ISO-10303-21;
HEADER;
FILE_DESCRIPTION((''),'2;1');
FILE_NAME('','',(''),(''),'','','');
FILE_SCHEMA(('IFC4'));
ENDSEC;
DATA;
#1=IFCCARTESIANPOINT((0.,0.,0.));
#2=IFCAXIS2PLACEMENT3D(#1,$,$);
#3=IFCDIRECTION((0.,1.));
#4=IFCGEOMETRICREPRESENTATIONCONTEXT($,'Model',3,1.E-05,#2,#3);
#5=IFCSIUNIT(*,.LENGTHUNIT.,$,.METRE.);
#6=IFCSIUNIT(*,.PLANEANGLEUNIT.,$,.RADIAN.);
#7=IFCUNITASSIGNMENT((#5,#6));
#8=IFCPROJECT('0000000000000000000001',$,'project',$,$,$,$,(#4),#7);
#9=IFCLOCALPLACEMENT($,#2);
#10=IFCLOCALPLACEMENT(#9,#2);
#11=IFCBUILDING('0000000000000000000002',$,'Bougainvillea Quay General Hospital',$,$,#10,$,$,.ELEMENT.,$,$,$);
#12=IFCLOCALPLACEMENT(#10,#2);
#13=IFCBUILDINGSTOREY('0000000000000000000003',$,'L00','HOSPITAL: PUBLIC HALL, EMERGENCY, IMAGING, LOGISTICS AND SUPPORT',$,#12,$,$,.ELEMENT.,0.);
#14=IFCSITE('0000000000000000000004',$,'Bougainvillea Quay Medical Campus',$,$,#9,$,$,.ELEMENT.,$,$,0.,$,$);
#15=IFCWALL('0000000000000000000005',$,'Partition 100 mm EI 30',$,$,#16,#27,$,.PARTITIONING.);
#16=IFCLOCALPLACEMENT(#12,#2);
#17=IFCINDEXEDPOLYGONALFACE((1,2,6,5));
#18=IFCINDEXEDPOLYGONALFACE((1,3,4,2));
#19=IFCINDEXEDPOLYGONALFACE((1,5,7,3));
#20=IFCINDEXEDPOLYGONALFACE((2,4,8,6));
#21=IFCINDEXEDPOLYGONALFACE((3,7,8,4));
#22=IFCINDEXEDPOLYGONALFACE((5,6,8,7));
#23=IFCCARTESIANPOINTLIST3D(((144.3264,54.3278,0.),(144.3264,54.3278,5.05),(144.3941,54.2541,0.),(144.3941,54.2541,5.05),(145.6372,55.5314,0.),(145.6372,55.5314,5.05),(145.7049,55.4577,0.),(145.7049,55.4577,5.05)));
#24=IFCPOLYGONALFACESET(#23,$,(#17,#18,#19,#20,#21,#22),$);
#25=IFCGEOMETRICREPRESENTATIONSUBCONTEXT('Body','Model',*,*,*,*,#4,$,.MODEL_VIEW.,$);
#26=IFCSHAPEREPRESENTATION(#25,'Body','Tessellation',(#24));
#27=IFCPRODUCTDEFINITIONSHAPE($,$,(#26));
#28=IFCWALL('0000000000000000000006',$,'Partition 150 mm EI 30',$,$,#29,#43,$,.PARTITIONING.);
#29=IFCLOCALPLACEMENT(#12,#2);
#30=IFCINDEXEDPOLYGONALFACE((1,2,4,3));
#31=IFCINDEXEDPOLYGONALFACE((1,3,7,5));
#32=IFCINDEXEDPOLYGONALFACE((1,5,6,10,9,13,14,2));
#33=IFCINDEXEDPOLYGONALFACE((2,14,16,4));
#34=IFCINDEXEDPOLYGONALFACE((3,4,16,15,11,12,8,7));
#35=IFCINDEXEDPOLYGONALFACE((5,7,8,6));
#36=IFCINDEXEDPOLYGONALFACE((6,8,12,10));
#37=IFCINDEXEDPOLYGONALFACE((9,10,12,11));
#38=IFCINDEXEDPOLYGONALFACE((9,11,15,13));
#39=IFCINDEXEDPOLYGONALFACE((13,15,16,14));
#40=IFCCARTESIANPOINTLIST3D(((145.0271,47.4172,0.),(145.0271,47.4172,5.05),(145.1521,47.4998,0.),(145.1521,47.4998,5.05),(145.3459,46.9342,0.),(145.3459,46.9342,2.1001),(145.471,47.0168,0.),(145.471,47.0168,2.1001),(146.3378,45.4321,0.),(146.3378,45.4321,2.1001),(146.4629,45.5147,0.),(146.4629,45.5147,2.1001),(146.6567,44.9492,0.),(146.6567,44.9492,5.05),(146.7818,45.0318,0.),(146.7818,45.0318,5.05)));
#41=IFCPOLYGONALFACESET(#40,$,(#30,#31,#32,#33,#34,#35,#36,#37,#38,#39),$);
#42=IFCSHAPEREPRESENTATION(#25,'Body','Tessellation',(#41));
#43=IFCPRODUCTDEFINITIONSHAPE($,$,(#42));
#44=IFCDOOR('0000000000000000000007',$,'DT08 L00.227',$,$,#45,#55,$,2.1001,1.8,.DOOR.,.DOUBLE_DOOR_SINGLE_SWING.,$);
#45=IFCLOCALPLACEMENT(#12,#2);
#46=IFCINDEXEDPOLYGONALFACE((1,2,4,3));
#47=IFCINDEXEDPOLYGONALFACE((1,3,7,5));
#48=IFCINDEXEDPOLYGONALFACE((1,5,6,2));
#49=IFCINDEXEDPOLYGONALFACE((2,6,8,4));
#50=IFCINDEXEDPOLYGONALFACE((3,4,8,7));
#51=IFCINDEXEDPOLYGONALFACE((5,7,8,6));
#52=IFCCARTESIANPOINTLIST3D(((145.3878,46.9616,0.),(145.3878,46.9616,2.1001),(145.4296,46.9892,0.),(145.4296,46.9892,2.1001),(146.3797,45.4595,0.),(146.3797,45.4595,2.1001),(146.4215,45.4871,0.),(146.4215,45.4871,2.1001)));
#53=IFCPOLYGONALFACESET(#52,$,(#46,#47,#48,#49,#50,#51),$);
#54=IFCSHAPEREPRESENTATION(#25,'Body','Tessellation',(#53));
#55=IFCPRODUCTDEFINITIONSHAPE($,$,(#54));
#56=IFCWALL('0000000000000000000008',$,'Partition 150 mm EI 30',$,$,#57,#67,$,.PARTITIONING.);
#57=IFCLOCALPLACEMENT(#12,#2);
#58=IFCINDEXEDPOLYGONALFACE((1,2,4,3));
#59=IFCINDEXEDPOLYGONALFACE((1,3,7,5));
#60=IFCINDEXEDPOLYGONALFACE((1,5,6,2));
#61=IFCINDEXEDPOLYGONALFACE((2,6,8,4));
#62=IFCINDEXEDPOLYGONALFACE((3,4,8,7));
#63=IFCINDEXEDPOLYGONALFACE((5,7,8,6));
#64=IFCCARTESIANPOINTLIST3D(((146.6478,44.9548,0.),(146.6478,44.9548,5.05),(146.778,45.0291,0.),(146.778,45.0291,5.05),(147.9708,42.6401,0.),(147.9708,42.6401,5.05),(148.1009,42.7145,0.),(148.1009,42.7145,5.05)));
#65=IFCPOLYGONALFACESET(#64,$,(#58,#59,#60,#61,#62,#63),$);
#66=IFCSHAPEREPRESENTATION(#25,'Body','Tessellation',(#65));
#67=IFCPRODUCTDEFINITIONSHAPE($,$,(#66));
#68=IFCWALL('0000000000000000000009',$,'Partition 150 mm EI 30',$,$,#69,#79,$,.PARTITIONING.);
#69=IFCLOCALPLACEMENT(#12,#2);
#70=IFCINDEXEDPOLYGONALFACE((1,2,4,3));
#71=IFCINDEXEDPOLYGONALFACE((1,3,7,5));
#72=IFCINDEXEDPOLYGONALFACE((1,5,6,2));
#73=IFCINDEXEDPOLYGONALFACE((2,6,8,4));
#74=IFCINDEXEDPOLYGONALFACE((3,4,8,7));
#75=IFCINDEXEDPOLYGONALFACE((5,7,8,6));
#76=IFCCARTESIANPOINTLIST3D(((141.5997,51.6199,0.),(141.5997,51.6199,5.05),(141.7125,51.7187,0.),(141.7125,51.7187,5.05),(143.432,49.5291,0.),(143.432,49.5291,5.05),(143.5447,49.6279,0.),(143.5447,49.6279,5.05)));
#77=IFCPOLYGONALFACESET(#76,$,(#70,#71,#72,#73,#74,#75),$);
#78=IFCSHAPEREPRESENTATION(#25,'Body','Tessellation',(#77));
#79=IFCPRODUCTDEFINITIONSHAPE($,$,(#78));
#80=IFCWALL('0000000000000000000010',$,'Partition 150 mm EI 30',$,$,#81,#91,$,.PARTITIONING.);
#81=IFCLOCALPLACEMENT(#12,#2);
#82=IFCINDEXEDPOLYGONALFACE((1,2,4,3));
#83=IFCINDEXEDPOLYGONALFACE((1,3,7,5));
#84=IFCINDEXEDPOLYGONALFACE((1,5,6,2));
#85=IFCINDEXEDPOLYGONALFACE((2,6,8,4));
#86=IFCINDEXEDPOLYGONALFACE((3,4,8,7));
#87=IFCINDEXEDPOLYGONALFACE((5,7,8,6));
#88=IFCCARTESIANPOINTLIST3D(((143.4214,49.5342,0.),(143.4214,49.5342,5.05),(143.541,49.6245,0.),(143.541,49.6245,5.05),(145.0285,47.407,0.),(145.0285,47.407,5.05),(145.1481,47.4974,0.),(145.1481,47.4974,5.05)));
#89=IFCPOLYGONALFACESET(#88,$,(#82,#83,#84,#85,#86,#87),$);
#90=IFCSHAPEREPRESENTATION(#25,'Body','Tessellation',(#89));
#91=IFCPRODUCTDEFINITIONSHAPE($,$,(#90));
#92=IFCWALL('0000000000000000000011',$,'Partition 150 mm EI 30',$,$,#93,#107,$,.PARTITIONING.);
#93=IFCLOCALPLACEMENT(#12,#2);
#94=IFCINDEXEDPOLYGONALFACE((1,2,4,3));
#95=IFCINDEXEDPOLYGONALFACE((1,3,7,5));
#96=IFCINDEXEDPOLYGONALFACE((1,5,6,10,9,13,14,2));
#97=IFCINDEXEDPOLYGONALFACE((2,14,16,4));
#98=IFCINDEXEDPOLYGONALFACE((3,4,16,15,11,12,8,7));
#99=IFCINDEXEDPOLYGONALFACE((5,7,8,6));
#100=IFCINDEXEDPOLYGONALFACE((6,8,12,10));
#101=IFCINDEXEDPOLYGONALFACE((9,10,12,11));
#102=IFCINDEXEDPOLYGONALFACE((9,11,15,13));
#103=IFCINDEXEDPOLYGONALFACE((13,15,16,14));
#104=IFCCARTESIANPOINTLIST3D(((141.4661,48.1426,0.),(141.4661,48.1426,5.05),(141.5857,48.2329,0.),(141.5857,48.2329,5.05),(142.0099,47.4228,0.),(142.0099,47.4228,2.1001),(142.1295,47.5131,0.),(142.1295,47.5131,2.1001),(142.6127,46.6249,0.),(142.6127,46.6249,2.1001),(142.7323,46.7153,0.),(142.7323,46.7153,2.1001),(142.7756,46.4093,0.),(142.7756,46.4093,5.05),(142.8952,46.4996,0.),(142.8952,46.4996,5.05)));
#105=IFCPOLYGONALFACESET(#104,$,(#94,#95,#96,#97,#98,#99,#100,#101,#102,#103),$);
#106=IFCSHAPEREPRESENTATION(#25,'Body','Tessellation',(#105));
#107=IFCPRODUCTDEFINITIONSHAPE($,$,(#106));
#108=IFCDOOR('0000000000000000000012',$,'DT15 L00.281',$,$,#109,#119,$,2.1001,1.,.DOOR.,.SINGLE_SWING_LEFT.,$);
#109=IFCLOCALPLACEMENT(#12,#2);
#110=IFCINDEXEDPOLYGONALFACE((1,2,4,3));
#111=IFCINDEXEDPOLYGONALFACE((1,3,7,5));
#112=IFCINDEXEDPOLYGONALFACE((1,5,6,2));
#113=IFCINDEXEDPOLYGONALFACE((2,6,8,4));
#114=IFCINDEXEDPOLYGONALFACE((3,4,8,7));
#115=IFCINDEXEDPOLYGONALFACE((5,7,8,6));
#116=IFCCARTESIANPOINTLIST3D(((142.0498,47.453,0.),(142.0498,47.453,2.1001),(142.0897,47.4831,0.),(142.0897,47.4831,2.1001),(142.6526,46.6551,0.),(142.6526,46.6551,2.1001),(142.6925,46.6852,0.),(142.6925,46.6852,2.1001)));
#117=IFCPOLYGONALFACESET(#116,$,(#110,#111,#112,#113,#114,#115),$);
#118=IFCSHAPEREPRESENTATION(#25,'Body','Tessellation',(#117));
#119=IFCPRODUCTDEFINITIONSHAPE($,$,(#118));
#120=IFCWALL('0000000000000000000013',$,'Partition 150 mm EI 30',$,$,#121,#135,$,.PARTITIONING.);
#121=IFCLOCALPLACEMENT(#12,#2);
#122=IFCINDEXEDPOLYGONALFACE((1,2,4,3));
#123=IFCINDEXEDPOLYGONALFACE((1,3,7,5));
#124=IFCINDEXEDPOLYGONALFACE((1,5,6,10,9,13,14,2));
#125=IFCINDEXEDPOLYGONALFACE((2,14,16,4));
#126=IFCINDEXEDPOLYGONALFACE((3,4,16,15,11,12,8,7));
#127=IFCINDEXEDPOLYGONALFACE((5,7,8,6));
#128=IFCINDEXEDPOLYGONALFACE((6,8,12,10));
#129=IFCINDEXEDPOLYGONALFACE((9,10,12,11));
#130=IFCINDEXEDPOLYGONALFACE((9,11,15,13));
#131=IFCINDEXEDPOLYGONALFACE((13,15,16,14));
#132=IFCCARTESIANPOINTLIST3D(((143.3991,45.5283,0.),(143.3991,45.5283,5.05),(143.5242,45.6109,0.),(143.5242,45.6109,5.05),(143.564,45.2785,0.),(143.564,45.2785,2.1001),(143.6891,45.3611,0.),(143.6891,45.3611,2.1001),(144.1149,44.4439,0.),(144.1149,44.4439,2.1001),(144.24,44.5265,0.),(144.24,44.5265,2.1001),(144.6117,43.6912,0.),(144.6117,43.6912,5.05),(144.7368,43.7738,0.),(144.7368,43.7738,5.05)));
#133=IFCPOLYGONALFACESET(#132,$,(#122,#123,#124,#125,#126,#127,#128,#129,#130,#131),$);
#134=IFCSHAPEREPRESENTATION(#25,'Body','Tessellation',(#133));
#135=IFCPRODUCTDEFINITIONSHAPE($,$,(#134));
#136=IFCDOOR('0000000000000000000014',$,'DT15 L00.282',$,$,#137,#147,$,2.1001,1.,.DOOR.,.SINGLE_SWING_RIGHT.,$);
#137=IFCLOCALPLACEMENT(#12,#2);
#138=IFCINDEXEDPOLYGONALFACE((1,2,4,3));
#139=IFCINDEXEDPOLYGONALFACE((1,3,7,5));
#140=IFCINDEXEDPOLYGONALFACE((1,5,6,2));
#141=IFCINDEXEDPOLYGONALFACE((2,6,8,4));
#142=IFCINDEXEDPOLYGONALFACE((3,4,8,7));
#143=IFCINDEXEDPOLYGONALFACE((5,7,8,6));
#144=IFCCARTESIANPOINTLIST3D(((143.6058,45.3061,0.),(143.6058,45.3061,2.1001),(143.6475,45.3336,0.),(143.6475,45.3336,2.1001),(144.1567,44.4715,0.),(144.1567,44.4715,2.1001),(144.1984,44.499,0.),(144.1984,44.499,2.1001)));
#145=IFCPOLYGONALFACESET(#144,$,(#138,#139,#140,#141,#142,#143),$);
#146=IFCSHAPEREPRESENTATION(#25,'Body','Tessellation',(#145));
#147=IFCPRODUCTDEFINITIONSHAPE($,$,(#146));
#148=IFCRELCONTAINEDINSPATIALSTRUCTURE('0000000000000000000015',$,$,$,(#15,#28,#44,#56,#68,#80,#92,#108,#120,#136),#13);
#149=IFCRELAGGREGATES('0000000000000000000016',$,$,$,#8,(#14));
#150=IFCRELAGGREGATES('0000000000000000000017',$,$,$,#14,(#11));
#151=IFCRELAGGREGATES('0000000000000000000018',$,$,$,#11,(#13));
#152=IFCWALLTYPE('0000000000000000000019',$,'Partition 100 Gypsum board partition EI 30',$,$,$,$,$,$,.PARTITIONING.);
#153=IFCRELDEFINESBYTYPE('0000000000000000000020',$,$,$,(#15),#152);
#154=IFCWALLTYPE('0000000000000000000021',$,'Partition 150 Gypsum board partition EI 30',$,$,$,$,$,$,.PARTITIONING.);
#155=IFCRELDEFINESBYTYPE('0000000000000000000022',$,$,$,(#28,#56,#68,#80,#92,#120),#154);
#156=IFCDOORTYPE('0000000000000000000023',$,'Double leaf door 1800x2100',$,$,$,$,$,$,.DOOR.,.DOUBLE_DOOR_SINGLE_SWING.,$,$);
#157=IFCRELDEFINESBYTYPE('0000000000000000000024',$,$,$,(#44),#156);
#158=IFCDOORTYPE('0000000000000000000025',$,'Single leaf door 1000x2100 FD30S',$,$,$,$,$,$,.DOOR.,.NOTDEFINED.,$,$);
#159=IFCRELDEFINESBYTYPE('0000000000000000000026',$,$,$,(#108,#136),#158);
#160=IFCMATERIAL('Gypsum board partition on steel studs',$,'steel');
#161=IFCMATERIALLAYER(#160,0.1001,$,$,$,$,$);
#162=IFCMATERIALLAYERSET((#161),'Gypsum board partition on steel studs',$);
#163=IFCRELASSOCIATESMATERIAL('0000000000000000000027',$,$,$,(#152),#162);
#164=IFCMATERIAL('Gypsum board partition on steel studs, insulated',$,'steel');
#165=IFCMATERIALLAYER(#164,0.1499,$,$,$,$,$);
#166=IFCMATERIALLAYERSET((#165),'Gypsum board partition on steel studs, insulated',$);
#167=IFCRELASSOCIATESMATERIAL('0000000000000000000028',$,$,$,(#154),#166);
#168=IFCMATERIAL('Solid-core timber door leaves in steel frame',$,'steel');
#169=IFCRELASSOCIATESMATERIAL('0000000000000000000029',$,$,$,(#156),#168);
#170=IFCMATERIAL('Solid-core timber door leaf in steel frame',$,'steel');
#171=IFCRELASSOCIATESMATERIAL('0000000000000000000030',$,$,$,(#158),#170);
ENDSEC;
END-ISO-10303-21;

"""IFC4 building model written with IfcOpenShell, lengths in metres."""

from ifc_helpers import new_model, si_unit, direction, frame, frame_2d, origin, place, context, subcontext, project, spatial, rectangle, extrude, material, layer, layer_set, type_object, element, fill, save


model = new_model("IFC4")

# Units and contexts
model_context = context("Model", 3, precision=1e-05, world=origin(), true_north=direction((0.0, 1.0)))
body_context = subcontext(model_context, "Body", "Model", "MODEL_VIEW")
ifc_project = project(units=[si_unit("LENGTHUNIT", "METRE"), si_unit("PLANEANGLEUNIT", "RADIAN")], contexts=[model_context])

# Site, building, storey
site_placement = place(None, origin())
site = spatial("IfcSite", under=ifc_project, at=site_placement, Name="Bougainvillea Quay Medical Campus", CompositionType="ELEMENT", RefElevation=0.0)
building_placement = place(site_placement, origin())
building = spatial("IfcBuilding", under=site, at=building_placement, Name="Bougainvillea Quay General Hospital", CompositionType="ELEMENT")
storey_placement = place(building_placement, origin())
storey = spatial("IfcBuildingStorey", under=building, at=storey_placement, Name="L00", Description="HOSPITAL: PUBLIC HALL, EMERGENCY, IMAGING, LOGISTICS AND SUPPORT", CompositionType="ELEMENT", Elevation=0.0)

# Wall
ifc_material_1 = material(Name="Gypsum board partition on steel studs", Category="steel")
ifc_layer_1 = layer(ifc_material_1, 0.1001)
ifc_layer_set_1 = layer_set([ifc_layer_1], Name="Gypsum board partition on steel studs")
wall_type_1 = type_object("IfcWallType", Name="Partition 100 Gypsum board partition EI 30", PredefinedType="PARTITIONING", material=ifc_layer_set_1)
wall_1_placement = place(storey_placement, frame((144.3604, 54.291, 0.0), z_axis=(0.0, 0.0, 1.0), x_axis=(0.736579, 0.676352, 0.0)))
element("IfcWall", 1, at=wall_1_placement, inside=storey, type_object=wall_type_1, Name="Partition 100 mm EI 30", PredefinedType="PARTITIONING", context=body_context, shape_type="SweptSolid", body=[
    extrude(rectangle(XDim=1.7795, YDim=0.1001, at=frame_2d((0.8896, 0.0))), origin(), (0.0, 0.0, 1.0), 5.05),
])

# Wall, opening, door
ifc_material_2 = material(Name="Gypsum board partition on steel studs, insulated", Category="steel")
ifc_layer_2 = layer(ifc_material_2, 0.1499)
ifc_layer_set_2 = layer_set([ifc_layer_2], Name="Gypsum board partition on steel studs, insulated")
wall_type_2 = type_object("IfcWallType", Name="Partition 150 Gypsum board partition EI 30", PredefinedType="PARTITIONING", material=ifc_layer_set_2)
wall_2_placement = place(storey_placement, frame((145.0896, 47.4585, 0.0), z_axis=(0.0, 0.0, 1.0), x_axis=(0.551018, -0.834493, 0.0)))
wall_2 = element("IfcWall", 2, at=wall_2_placement, inside=storey, type_object=wall_type_2, Name="Partition 150 mm EI 30", PredefinedType="PARTITIONING", context=body_context, shape_type="SweptSolid", body=[
    extrude(rectangle(XDim=2.9575, YDim=0.1499, at=frame_2d((1.4788, 0.0))), origin(), (0.0, 0.0, 1.0), 5.05),
])
opening_1_placement = place(wall_2_placement, frame((0.5789, 0.0, 0.0)))
opening_1 = element("IfcOpeningElement", 3, at=opening_1_placement, cuts=wall_2, PredefinedType="OPENING", context=body_context, shape_type="SweptSolid", body=[
    extrude(rectangle(XDim=1.8, YDim=2.1001, at=frame_2d((0.8999, 1.05))), frame((0.0, 0.085, 0.0), z_axis=(0.0, -1.0, 0.0), x_axis=(1.0, 0.0, 0.0)), (0.0, 0.0, 1.0), 0.1699),
])
ifc_material_3 = material(Name="Solid-core timber door leaves in steel frame", Category="steel")
door_type_1 = type_object("IfcDoorType", Name="Double leaf door 1800x2100", OperationType="DOUBLE_DOOR_SINGLE_SWING", PredefinedType="DOOR", material=ifc_material_3)
door_1_placement = place(opening_1_placement, frame((1.8, 0.0, 0.0), z_axis=(0.0, 0.0, 1.0), x_axis=(-1.0, 0.0, 0.0)))
door_1 = element("IfcDoor", 4, at=door_1_placement, inside=storey, type_object=door_type_1, Name="DT08 L00.227", OperationType="DOUBLE_DOOR_SINGLE_SWING", OverallHeight=2.1001, OverallWidth=1.8, PredefinedType="DOOR", context=body_context, shape_type="SweptSolid", body=[
    extrude(rectangle(XDim=1.8, YDim=2.1001, at=frame_2d((0.8999, 1.05))), frame((0.0, 0.0249, 0.0), z_axis=(0.0, -1.0, 0.0), x_axis=(1.0, 0.0, 0.0)), (0.0, 0.0, 1.0), 0.05),
])
fill(opening_1, door_1)

# Walls
wall_3_placement = place(storey_placement, frame((146.7129, 44.9919, 0.0), z_axis=(0.0, 0.0, 1.0), x_axis=(0.496228, -0.868192, 0.0)))
element("IfcWall", 5, at=wall_3_placement, inside=storey, type_object=wall_type_2, Name="Partition 150 mm EI 30", PredefinedType="PARTITIONING", context=body_context, shape_type="SweptSolid", body=[
    extrude(rectangle(XDim=2.666, YDim=0.1499, at=frame_2d((1.333, 0.0))), origin(), (0.0, 0.0, 1.0), 5.05),
])
wall_4_placement = place(storey_placement, frame((141.656, 51.6694, 0.0), z_axis=(0.0, 0.0, 1.0), x_axis=(0.659076, -0.752076, 0.0)))
element("IfcWall", 6, at=wall_4_placement, inside=storey, type_object=wall_type_2, Name="Partition 150 mm EI 30", PredefinedType="PARTITIONING", context=body_context, shape_type="SweptSolid", body=[
    extrude(rectangle(XDim=2.78, YDim=0.1499, at=frame_2d((1.3901, 0.0))), origin(), (0.0, 0.0, 1.0), 5.05),
])
wall_5_placement = place(storey_placement, frame((143.4812, 49.5793, 0.0), z_axis=(0.0, 0.0, 1.0), x_axis=(0.602824, -0.797874, 0.0)))
element("IfcWall", 7, at=wall_5_placement, inside=storey, type_object=wall_type_2, Name="Partition 150 mm EI 30", PredefinedType="PARTITIONING", context=body_context, shape_type="SweptSolid", body=[
    extrude(rectangle(XDim=2.666, YDim=0.1499, at=frame_2d((1.333, 0.0))), origin(), (0.0, 0.0, 1.0), 5.05),
])

# Walls, openings, doors
wall_6_placement = place(storey_placement, frame((141.5259, 48.1877, 0.0), z_axis=(0.0, 0.0, 1.0), x_axis=(0.602801, -0.797891, 0.0)))
wall_6 = element("IfcWall", 8, at=wall_6_placement, inside=storey, type_object=wall_type_2, Name="Partition 150 mm EI 30", PredefinedType="PARTITIONING", context=body_context, shape_type="SweptSolid", body=[
    extrude(rectangle(XDim=2.1724, YDim=0.1499, at=frame_2d((1.0862, 0.0))), origin(), (0.0, 0.0, 1.0), 5.05),
])
opening_2_placement = place(wall_6_placement, frame((0.9021, 0.0, 0.0)))
opening_2 = element("IfcOpeningElement", 9, at=opening_2_placement, cuts=wall_6, PredefinedType="OPENING", context=body_context, shape_type="SweptSolid", body=[
    extrude(rectangle(XDim=1.0, YDim=2.1001, at=frame_2d((0.5, 1.05))), frame((0.0, 0.085, 0.0), z_axis=(0.0, -1.0, 0.0), x_axis=(1.0, 0.0, 0.0)), (0.0, 0.0, 1.0), 0.1699),
])
ifc_material_4 = material(Name="Solid-core timber door leaf in steel frame", Category="steel")
door_type_2 = type_object("IfcDoorType", Name="Single leaf door 1000x2100 FD30S", OperationType="NOTDEFINED", PredefinedType="DOOR", material=ifc_material_4)
door_2_placement = place(opening_2_placement, frame((1.0, 0.0, 0.0), z_axis=(0.0, 0.0, 1.0), x_axis=(-1.0, 0.0, 0.0)))
door_2 = element("IfcDoor", 10, at=door_2_placement, inside=storey, type_object=door_type_2, Name="DT15 L00.281", OperationType="SINGLE_SWING_LEFT", OverallHeight=2.1001, OverallWidth=1.0, PredefinedType="DOOR", context=body_context, shape_type="SweptSolid", body=[
    extrude(rectangle(XDim=1.0, YDim=2.1001, at=frame_2d((0.5, 1.05))), frame((0.0, 0.0249, 0.0), z_axis=(0.0, -1.0, 0.0), x_axis=(1.0, 0.0, 0.0)), (0.0, 0.0, 1.0), 0.05),
])
fill(opening_2, door_2)
wall_7_placement = place(storey_placement, frame((143.4617, 45.5696, 0.0), z_axis=(0.0, 0.0, 1.0), x_axis=(0.550881, -0.834584, 0.0)))
wall_7 = element("IfcWall", 11, at=wall_7_placement, inside=storey, type_object=wall_type_2, Name="Partition 150 mm EI 30", PredefinedType="PARTITIONING", context=body_context, shape_type="SweptSolid", body=[
    extrude(rectangle(XDim=2.2012, YDim=0.1499, at=frame_2d((1.1006, 0.0))), origin(), (0.0, 0.0, 1.0), 5.05),
])
opening_3_placement = place(wall_7_placement, frame((0.2993, 0.0, 0.0)))
opening_3 = element("IfcOpeningElement", 12, at=opening_3_placement, cuts=wall_7, PredefinedType="OPENING", context=body_context, shape_type="SweptSolid", body=[
    extrude(rectangle(XDim=1.0, YDim=2.1001, at=frame_2d((0.5, 1.05))), frame((0.0, 0.085, 0.0), z_axis=(0.0, -1.0, 0.0), x_axis=(1.0, 0.0, 0.0)), (0.0, 0.0, 1.0), 0.1699),
])
door_3_placement = place(opening_3_placement, frame((1.0, 0.0, 0.0), z_axis=(0.0, 0.0, 1.0), x_axis=(-1.0, 0.0, 0.0)))
door_3 = element("IfcDoor", 13, at=door_3_placement, inside=storey, type_object=door_type_2, Name="DT15 L00.282", OperationType="SINGLE_SWING_RIGHT", OverallHeight=2.1001, OverallWidth=1.0, PredefinedType="DOOR", context=body_context, shape_type="SweptSolid", body=[
    extrude(rectangle(XDim=1.0, YDim=2.1001, at=frame_2d((0.5, 1.05))), frame((0.0, 0.0249, 0.0), z_axis=(0.0, -1.0, 0.0), x_axis=(1.0, 0.0, 0.0)), (0.0, 0.0, 1.0), 0.05),
])
fill(opening_3, door_3)

save(model, "model.ifc")
